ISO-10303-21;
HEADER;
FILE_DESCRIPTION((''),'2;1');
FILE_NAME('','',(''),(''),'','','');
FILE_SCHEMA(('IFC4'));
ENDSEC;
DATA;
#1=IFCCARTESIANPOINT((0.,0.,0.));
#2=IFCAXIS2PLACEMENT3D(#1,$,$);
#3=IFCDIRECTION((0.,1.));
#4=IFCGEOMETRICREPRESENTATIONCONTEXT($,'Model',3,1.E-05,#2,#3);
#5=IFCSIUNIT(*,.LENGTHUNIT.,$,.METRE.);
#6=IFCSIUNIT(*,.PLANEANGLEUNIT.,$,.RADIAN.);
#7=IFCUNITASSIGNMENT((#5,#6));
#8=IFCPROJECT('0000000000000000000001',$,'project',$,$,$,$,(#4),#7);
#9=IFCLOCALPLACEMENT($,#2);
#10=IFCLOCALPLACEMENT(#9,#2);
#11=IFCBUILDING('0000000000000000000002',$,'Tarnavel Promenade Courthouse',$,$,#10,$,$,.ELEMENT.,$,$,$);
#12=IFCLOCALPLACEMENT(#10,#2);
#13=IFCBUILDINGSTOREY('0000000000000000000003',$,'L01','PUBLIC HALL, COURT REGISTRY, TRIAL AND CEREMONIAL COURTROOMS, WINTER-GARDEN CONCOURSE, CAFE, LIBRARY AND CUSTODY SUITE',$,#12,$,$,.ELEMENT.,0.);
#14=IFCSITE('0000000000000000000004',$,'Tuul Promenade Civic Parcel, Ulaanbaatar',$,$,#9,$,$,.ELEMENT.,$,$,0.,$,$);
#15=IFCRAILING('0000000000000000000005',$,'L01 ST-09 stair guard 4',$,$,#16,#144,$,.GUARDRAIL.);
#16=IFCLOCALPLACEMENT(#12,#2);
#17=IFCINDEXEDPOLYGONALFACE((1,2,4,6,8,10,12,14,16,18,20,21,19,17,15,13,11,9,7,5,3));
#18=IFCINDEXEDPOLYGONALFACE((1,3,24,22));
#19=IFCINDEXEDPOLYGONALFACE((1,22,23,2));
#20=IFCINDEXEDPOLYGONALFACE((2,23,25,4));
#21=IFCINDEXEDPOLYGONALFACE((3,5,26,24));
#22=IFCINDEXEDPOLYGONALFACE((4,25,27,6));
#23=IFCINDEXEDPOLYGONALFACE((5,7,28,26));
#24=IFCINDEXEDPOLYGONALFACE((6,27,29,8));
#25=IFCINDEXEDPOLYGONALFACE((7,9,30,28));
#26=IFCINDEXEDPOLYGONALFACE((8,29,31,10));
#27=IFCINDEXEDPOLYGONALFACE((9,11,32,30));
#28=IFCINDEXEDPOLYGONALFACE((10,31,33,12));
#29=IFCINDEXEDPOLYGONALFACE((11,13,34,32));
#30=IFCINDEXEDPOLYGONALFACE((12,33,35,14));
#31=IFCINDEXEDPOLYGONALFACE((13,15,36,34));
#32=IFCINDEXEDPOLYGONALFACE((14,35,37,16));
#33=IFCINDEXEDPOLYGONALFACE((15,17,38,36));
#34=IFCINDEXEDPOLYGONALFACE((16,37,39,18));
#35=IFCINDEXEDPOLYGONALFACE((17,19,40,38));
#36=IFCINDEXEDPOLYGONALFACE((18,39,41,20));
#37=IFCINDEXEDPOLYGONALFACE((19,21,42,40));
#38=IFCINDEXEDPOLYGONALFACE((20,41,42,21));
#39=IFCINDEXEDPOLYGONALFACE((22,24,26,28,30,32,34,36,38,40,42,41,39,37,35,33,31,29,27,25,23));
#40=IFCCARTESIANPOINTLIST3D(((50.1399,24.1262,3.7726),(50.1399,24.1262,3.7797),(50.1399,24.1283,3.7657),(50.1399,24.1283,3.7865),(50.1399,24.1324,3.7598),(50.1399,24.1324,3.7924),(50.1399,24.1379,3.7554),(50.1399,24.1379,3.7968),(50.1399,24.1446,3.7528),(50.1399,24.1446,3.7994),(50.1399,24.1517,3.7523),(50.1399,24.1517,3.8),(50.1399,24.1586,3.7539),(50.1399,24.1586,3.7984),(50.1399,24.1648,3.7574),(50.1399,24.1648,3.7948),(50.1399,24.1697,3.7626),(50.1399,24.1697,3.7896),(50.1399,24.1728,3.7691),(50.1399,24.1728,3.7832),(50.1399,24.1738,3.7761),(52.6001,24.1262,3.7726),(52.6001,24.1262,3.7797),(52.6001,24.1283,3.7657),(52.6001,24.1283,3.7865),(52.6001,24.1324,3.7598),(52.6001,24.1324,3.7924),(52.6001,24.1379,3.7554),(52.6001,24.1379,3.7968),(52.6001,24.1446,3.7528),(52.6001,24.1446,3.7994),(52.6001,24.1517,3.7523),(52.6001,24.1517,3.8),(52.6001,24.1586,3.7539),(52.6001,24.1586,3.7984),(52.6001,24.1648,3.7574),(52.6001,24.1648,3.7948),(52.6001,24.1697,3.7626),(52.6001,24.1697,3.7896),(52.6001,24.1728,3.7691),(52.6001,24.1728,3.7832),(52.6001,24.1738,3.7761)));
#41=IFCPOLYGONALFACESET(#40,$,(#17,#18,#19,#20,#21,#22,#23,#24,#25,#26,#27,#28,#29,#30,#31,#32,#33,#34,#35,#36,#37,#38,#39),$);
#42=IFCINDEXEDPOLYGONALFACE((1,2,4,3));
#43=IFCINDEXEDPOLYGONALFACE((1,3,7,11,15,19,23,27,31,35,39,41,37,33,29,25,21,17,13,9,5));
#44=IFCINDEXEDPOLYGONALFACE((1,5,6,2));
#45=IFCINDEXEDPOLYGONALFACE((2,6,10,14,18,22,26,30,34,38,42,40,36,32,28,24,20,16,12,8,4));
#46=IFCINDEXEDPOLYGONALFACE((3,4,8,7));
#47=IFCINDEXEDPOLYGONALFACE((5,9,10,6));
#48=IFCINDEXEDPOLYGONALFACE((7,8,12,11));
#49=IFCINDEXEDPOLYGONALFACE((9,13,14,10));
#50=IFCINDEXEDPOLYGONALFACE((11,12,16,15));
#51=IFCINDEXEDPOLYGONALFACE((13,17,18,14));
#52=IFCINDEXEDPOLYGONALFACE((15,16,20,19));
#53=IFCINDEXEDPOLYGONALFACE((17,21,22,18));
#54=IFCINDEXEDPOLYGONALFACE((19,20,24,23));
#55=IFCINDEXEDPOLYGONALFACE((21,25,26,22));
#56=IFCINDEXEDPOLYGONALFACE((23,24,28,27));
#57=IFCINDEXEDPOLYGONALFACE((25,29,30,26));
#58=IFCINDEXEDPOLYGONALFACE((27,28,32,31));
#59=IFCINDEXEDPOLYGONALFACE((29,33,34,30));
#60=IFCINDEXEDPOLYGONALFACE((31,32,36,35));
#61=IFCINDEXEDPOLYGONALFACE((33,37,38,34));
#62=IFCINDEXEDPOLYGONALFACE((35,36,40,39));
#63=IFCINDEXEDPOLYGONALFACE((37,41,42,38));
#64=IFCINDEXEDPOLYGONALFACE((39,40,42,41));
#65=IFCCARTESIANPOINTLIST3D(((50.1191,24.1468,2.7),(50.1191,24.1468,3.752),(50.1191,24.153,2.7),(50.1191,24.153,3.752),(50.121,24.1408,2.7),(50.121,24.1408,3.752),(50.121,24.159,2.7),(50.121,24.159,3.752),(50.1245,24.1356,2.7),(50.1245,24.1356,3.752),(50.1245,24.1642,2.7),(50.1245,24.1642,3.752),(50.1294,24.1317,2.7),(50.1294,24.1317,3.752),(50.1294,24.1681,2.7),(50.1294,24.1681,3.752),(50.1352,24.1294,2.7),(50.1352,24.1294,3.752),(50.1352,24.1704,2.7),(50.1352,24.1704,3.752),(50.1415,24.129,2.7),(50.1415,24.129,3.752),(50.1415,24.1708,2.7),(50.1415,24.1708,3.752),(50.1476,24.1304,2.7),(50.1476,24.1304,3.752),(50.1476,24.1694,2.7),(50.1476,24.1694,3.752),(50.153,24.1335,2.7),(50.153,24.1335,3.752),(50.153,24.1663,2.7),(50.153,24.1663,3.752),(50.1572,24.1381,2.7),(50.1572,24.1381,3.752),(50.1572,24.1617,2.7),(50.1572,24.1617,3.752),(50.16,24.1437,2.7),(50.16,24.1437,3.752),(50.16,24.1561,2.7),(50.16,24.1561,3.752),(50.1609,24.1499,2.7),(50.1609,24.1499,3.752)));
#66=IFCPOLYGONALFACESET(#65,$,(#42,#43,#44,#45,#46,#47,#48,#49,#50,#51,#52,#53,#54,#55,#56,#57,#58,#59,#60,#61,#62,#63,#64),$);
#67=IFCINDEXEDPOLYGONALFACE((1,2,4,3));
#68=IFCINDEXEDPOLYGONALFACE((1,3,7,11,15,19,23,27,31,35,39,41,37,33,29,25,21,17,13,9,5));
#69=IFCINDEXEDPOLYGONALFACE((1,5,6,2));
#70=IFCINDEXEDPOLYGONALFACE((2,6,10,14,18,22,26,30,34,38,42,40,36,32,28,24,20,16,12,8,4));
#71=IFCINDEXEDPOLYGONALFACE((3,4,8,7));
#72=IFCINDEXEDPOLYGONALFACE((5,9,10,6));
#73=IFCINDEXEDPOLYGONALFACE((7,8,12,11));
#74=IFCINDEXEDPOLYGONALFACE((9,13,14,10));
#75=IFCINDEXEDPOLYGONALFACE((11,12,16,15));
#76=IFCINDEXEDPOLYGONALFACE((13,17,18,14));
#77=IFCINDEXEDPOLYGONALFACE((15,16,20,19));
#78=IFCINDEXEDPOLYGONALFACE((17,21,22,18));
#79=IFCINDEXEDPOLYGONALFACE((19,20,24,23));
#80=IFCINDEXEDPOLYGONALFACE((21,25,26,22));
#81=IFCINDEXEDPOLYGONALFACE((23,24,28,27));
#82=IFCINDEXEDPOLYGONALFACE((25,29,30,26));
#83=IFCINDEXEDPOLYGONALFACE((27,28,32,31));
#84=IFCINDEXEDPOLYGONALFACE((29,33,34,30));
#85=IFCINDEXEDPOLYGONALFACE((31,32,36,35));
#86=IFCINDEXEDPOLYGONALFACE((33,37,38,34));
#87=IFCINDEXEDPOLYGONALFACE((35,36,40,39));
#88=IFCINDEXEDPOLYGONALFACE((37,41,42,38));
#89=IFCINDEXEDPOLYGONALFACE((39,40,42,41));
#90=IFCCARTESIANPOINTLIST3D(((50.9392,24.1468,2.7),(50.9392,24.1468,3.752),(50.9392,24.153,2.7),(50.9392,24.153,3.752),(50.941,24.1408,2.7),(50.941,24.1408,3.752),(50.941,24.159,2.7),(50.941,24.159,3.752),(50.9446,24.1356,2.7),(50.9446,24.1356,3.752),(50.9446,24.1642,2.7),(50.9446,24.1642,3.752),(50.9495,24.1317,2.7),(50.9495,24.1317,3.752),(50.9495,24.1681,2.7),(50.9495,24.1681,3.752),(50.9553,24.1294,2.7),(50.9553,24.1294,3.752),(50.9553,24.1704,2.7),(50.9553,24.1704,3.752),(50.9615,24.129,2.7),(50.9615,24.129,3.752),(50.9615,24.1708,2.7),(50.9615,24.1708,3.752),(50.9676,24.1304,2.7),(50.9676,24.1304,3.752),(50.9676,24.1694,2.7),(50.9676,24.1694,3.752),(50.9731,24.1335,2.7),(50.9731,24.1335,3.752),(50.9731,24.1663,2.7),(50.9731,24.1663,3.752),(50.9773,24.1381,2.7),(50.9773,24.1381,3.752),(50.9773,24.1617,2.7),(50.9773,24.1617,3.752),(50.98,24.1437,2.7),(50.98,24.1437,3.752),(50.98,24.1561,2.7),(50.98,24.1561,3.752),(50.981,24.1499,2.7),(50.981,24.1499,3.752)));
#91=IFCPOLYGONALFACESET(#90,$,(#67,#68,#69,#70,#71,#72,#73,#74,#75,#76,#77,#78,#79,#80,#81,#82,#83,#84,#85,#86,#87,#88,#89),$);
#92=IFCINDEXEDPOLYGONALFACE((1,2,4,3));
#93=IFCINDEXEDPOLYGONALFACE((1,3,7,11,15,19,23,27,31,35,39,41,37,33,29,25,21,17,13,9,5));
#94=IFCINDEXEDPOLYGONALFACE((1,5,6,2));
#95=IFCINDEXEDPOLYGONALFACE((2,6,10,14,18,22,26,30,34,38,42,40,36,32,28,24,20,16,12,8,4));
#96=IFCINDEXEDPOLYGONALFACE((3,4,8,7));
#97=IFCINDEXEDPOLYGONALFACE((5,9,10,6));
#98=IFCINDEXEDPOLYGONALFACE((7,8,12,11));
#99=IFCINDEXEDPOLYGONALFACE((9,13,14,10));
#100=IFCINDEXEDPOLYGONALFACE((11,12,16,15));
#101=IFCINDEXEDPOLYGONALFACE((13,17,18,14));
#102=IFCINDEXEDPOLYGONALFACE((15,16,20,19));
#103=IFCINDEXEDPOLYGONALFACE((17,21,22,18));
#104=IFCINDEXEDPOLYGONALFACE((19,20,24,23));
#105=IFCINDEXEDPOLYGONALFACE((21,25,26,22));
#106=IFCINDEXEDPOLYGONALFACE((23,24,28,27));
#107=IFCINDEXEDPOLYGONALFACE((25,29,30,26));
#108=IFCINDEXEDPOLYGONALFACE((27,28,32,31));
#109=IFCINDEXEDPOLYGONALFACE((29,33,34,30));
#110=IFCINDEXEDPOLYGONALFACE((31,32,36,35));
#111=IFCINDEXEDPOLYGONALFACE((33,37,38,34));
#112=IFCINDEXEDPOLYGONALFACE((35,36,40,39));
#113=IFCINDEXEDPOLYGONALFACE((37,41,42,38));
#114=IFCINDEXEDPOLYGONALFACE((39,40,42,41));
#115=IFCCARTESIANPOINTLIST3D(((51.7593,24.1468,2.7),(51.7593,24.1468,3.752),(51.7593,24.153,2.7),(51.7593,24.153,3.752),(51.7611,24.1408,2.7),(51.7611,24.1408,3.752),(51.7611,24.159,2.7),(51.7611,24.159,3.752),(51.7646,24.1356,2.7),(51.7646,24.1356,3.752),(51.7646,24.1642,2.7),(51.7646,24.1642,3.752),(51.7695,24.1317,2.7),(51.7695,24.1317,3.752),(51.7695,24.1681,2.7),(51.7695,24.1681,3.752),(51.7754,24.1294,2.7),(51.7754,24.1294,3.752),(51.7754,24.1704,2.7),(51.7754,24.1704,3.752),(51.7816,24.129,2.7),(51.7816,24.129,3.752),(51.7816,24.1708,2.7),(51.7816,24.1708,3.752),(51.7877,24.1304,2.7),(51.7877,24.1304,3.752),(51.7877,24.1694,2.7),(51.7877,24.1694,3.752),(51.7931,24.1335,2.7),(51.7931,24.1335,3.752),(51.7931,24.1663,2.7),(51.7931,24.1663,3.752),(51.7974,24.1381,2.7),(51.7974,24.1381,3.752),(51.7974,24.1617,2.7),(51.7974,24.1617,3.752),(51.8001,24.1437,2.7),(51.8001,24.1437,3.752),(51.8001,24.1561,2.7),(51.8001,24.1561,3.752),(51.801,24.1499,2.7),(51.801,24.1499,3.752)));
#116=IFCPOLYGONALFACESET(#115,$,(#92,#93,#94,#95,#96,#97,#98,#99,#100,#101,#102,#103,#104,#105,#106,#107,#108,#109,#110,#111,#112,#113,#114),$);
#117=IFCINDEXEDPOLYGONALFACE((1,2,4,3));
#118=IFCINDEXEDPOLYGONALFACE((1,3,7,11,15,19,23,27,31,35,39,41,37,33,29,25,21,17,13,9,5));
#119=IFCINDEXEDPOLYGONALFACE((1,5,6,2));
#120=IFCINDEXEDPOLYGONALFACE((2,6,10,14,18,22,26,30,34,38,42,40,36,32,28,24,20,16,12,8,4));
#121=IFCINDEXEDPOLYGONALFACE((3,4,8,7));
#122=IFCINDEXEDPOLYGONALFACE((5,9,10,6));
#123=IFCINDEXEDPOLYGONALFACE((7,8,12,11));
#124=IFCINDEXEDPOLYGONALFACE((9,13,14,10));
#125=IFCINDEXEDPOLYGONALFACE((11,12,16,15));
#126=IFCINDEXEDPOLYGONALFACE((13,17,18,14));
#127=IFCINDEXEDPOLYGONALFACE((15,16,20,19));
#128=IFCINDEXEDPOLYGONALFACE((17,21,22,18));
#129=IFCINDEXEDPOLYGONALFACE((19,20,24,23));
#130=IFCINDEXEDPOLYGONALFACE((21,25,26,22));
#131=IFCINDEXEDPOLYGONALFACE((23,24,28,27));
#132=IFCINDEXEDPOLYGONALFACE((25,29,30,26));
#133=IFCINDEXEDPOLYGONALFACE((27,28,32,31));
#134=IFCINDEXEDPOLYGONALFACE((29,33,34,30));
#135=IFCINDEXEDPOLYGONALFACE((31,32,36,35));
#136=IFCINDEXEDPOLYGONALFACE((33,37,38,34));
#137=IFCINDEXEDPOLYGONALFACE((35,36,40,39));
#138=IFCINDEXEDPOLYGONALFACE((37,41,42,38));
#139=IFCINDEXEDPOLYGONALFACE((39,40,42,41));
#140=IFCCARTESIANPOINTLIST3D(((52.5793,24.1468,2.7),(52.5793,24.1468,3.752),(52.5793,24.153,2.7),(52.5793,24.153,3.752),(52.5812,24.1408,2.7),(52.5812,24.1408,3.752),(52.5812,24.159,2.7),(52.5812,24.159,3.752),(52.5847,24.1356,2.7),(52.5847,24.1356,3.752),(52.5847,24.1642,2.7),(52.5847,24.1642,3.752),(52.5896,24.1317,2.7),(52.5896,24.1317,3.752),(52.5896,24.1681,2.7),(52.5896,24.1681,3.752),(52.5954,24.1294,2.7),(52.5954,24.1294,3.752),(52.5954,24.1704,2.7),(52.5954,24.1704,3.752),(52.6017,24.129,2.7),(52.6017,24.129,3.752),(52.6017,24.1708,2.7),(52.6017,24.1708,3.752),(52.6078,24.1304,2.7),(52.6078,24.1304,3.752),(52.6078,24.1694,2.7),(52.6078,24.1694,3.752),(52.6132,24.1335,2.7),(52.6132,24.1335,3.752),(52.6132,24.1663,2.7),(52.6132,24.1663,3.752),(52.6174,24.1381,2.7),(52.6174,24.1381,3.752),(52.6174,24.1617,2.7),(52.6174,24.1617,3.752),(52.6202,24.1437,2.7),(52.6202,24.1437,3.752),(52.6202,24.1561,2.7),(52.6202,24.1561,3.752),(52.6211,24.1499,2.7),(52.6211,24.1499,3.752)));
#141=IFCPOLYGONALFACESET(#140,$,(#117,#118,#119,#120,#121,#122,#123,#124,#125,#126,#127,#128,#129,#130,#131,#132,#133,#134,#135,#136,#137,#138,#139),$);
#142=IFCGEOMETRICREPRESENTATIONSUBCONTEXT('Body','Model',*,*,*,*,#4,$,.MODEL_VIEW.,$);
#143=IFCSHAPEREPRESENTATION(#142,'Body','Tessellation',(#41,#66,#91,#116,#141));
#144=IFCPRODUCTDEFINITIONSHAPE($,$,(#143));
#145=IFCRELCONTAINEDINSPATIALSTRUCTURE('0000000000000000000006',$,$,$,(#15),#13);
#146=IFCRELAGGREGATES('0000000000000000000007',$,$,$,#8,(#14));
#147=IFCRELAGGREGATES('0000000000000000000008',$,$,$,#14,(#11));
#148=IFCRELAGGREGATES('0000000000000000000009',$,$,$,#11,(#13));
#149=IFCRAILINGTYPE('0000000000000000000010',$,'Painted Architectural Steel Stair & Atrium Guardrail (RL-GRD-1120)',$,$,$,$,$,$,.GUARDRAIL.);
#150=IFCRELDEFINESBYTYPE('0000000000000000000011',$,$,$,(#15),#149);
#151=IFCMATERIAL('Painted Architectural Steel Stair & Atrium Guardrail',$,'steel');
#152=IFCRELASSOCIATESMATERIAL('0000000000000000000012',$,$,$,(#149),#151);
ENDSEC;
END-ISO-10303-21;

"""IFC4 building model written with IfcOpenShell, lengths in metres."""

from ifc_helpers import new_model, si_unit, direction, frame, origin, origin_2d, place, context, subcontext, project, spatial, circle, extrude, material, type_object, element, save


model = new_model("IFC4")

# Units and contexts
model_context = context("Model", 3, precision=1e-05, world=origin(), true_north=direction((0.0, 1.0)))
body_context = subcontext(model_context, "Body", "Model", "MODEL_VIEW")
ifc_project = project(units=[si_unit("LENGTHUNIT", "METRE"), si_unit("PLANEANGLEUNIT", "RADIAN")], contexts=[model_context])

# Site, building, storey
site_placement = place(None, origin())
site = spatial("IfcSite", under=ifc_project, at=site_placement, Name="Tuul Promenade Civic Parcel, Ulaanbaatar", CompositionType="ELEMENT", RefElevation=0.0)
building_placement = place(site_placement, origin())
building = spatial("IfcBuilding", under=site, at=building_placement, Name="Tarnavel Promenade Courthouse", CompositionType="ELEMENT")
storey_placement = place(building_placement, origin())
storey = spatial("IfcBuildingStorey", under=building, at=storey_placement, Name="L01", Description="PUBLIC HALL, COURT REGISTRY, TRIAL AND CEREMONIAL COURTROOMS, WINTER-GARDEN CONCOURSE, CAFE, LIBRARY AND CUSTODY SUITE", CompositionType="ELEMENT", Elevation=0.0)

# Railing
ifc_material_1 = material(Name="Painted Architectural Steel Stair & Atrium Guardrail", Category="steel")
railing_type_1 = type_object("IfcRailingType", Name="Painted Architectural Steel Stair & Atrium Guardrail (RL-GRD-1120)", PredefinedType="GUARDRAIL", material=ifc_material_1)
railing_1_placement = place(storey_placement, frame((50.1399, 24.1499, 2.7)))
element("IfcRailing", 1, at=railing_1_placement, inside=storey, type_object=railing_type_1, Name="L01 ST-09 stair guard 4", PredefinedType="GUARDRAIL", context=body_context, shape_type="SweptSolid", body=[
    extrude(circle(Radius=0.0239, at=origin_2d()), frame((0.0, 0.0, 1.0762), z_axis=(1.0, 0.0, 0.0), x_axis=(0.0, 1.0, 0.0)), (0.0, 0.0, 1.0), 2.4602),
    extrude(circle(Radius=0.021, at=origin_2d()), origin(), (0.0, 0.0, 1.0), 1.052),
    extrude(circle(Radius=0.021, at=origin_2d()), frame((0.8201, 0.0, 0.0)), (0.0, 0.0, 1.0), 1.052),
    extrude(circle(Radius=0.021, at=origin_2d()), frame((1.6401, 0.0, 0.0)), (0.0, 0.0, 1.0), 1.052),
    extrude(circle(Radius=0.021, at=origin_2d()), frame((2.4602, 0.0, 0.0)), (0.0, 0.0, 1.0), 1.052),
])

save(model, "model.ifc")
